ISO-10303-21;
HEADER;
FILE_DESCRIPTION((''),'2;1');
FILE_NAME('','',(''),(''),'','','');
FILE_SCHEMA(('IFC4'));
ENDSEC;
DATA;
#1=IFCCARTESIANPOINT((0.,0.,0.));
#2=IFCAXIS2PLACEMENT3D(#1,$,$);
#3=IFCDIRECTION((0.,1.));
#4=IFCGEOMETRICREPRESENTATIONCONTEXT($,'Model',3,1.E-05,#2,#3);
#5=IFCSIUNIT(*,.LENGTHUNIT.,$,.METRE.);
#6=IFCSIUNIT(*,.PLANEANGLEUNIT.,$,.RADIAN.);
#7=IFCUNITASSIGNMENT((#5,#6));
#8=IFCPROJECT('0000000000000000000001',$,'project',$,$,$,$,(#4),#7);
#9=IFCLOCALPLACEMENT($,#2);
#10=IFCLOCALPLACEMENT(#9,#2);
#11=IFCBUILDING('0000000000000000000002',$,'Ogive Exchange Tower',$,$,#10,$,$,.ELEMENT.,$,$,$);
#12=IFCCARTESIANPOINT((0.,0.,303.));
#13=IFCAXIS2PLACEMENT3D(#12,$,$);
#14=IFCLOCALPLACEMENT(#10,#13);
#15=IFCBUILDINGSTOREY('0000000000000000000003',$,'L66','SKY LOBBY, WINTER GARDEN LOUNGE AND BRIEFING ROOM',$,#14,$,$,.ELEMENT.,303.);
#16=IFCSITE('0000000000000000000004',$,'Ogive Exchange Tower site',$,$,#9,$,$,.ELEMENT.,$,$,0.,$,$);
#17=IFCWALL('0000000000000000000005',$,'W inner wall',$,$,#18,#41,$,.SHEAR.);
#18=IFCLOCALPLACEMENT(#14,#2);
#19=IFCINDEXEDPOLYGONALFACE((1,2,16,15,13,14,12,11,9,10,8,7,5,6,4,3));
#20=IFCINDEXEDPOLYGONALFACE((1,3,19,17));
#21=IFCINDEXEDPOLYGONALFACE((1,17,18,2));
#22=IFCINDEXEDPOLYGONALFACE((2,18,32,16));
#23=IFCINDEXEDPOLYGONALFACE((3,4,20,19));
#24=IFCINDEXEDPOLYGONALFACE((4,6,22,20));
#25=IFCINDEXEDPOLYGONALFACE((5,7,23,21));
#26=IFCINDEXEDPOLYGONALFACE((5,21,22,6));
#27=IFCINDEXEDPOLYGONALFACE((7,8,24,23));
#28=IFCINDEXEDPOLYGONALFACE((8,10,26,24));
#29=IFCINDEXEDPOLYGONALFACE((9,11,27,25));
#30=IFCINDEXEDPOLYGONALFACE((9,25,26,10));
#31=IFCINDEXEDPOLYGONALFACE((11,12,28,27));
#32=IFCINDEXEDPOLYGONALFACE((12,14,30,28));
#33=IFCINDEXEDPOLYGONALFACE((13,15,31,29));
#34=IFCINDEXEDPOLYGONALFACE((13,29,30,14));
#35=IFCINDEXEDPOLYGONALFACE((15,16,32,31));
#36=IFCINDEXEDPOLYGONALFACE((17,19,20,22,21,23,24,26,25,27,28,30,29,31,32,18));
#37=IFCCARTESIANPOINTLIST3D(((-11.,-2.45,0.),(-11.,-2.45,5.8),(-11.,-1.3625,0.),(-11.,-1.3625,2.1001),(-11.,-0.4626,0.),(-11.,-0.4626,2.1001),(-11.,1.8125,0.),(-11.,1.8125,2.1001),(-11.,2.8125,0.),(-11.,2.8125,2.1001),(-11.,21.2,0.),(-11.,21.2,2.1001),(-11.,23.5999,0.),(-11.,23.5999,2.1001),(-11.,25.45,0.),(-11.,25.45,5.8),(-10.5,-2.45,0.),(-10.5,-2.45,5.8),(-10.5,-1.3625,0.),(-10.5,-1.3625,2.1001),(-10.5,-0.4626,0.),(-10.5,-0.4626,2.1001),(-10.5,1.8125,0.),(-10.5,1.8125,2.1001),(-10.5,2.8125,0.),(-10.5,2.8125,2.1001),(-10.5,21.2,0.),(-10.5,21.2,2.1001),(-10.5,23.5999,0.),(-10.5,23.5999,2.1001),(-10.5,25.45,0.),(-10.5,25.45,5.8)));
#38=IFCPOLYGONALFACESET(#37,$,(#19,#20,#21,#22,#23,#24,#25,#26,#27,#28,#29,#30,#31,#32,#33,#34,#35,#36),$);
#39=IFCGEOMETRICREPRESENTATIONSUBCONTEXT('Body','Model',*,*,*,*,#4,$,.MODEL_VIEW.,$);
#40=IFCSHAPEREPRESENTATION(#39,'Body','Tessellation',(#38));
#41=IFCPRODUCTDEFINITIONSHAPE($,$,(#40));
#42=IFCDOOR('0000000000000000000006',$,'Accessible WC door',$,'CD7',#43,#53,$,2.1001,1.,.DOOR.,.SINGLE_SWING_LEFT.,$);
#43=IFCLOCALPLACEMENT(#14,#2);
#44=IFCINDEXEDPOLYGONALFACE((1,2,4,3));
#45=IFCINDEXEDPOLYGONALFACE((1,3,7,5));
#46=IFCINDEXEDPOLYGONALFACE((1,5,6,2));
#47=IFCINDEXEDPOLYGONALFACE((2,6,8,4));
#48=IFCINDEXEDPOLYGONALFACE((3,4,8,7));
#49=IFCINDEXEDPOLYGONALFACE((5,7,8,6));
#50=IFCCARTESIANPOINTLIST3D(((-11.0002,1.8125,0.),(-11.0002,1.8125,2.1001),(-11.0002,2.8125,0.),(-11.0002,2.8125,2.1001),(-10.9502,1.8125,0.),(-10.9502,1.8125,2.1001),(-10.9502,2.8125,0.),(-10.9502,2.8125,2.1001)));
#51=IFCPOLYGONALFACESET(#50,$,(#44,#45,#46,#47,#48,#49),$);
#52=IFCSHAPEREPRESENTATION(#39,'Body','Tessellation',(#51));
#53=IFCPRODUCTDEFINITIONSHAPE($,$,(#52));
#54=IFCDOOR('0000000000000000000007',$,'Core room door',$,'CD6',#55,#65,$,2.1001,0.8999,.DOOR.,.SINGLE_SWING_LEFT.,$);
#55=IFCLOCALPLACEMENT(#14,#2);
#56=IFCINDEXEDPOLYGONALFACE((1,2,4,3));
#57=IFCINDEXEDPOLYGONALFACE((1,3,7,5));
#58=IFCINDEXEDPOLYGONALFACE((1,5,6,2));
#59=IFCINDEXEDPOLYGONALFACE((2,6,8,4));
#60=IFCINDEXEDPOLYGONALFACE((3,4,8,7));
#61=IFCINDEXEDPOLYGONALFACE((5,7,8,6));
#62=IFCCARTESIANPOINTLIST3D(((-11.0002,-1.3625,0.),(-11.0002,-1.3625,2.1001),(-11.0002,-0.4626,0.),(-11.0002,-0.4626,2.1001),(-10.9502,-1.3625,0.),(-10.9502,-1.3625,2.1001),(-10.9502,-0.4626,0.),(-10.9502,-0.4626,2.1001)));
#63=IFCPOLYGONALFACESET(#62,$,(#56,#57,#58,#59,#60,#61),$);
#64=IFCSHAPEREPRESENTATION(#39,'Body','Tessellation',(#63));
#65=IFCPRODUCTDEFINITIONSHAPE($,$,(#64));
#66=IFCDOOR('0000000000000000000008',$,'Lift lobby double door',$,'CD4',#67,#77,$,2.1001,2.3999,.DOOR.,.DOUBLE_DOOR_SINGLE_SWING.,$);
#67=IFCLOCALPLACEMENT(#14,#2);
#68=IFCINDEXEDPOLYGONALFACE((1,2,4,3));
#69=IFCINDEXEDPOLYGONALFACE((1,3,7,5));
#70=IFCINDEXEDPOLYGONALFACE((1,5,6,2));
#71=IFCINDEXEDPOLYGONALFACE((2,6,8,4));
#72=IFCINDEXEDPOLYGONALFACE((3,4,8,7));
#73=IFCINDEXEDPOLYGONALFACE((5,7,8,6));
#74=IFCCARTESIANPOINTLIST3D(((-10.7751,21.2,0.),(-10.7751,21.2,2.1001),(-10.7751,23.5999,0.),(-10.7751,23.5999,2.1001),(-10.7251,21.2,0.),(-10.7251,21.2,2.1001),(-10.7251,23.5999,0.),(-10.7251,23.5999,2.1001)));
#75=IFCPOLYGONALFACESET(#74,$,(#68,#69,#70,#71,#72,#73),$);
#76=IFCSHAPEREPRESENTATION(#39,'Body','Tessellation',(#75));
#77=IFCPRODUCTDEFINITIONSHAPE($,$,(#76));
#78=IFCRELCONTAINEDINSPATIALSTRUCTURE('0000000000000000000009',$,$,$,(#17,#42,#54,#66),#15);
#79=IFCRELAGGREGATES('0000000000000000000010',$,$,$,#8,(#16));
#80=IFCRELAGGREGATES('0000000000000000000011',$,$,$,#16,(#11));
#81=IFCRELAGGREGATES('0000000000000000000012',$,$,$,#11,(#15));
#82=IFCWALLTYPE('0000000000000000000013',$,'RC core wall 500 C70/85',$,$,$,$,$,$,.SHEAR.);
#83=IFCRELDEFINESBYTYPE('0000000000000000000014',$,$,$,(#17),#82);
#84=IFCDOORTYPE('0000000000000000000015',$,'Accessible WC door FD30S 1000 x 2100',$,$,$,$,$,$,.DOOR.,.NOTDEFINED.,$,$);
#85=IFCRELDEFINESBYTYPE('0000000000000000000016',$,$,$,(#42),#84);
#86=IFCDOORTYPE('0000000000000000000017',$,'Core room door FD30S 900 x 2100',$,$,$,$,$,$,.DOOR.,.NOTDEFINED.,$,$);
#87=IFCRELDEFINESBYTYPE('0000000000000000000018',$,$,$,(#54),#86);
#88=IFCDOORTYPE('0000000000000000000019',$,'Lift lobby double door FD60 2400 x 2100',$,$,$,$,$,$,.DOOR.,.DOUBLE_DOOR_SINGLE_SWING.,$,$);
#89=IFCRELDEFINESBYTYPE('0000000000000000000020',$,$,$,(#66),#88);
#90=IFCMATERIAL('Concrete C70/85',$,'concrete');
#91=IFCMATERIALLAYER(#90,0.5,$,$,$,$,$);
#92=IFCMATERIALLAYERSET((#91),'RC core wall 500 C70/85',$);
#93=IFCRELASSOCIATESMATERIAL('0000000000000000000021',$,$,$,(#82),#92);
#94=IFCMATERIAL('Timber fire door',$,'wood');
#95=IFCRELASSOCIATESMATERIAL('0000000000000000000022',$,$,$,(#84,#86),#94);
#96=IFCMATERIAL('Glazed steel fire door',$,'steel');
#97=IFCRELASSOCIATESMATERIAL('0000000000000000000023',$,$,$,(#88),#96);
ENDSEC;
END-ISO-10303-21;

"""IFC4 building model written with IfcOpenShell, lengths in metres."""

from ifc_helpers import new_model, si_unit, direction, frame, frame_2d, origin, place, context, subcontext, project, spatial, rectangle, extrude, material, layer, layer_set, type_object, element, fill, save


model = new_model("IFC4")

# Units and contexts
model_context = context("Model", 3, precision=1e-05, world=origin(), true_north=direction((0.0, 1.0)))
body_context = subcontext(model_context, "Body", "Model", "MODEL_VIEW")
ifc_project = project(units=[si_unit("LENGTHUNIT", "METRE"), si_unit("PLANEANGLEUNIT", "RADIAN")], contexts=[model_context])

# Site, building, storey
site_placement = place(None, origin())
site = spatial("IfcSite", under=ifc_project, at=site_placement, Name="Ogive Exchange Tower site", CompositionType="ELEMENT", RefElevation=0.0)
building_placement = place(site_placement, origin())
building = spatial("IfcBuilding", under=site, at=building_placement, Name="Ogive Exchange Tower", CompositionType="ELEMENT")
storey_placement = place(building_placement, frame((0.0, 0.0, 303.0)))
storey = spatial("IfcBuildingStorey", under=building, at=storey_placement, Name="L66", Description="SKY LOBBY, WINTER GARDEN LOUNGE AND BRIEFING ROOM", CompositionType="ELEMENT", Elevation=303.0)

# Wall, openings, doors
ifc_material_1 = material(Name="Concrete C70/85", Category="concrete")
ifc_layer_1 = layer(ifc_material_1, 0.5)
ifc_layer_set_1 = layer_set([ifc_layer_1], Name="RC core wall 500 C70/85")
wall_type_1 = type_object("IfcWallType", Name="RC core wall 500 C70/85", PredefinedType="SHEAR", material=ifc_layer_set_1)
wall_1_placement = place(storey_placement, frame((-10.75, -2.45, 0.0), z_axis=(0.0, 0.0, 1.0), x_axis=(0.0, 1.0, 0.0)))
wall_1 = element("IfcWall", 1, at=wall_1_placement, inside=storey, type_object=wall_type_1, Name="W inner wall", PredefinedType="SHEAR", context=body_context, shape_type="SweptSolid", body=[
    extrude(rectangle(XDim=27.8999, YDim=0.5, at=frame_2d((13.95, 0.0))), origin(), (0.0, 0.0, 1.0), 5.8),
])
opening_1_placement = place(wall_1_placement, frame((23.6499, 0.0, 0.0)))
opening_1 = element("IfcOpeningElement", 2, at=opening_1_placement, cuts=wall_1, PredefinedType="OPENING", context=body_context, shape_type="SweptSolid", body=[
    extrude(rectangle(XDim=2.3999, YDim=2.1001, at=frame_2d((1.2, 1.05))), frame((0.0, 0.26, 0.0), z_axis=(0.0, -1.0, 0.0), x_axis=(1.0, 0.0, 0.0)), (0.0, 0.0, 1.0), 0.52),
])
opening_2_placement = place(wall_1_placement, frame((1.0874, 0.0, 0.0)))
opening_2 = element("IfcOpeningElement", 3, at=opening_2_placement, cuts=wall_1, PredefinedType="OPENING", context=body_context, shape_type="SweptSolid", body=[
    extrude(rectangle(XDim=0.8999, YDim=2.1001, at=frame_2d((0.45, 1.05))), frame((0.0, 0.26, 0.0), z_axis=(0.0, -1.0, 0.0), x_axis=(1.0, 0.0, 0.0)), (0.0, 0.0, 1.0), 0.52),
])
opening_3_placement = place(wall_1_placement, frame((4.2625, 0.0, 0.0)))
opening_3 = element("IfcOpeningElement", 4, at=opening_3_placement, cuts=wall_1, PredefinedType="OPENING", context=body_context, shape_type="SweptSolid", body=[
    extrude(rectangle(XDim=1.0, YDim=2.1001, at=frame_2d((0.5, 1.05))), frame((0.0, 0.26, 0.0), z_axis=(0.0, -1.0, 0.0), x_axis=(1.0, 0.0, 0.0)), (0.0, 0.0, 1.0), 0.52),
])
ifc_material_2 = material(Name="Timber fire door", Category="wood")
door_type_1 = type_object("IfcDoorType", Name="Accessible WC door FD30S 1000 x 2100", OperationType="NOTDEFINED", PredefinedType="DOOR", material=ifc_material_2)
door_1_placement = place(opening_3_placement, frame((1.0, 0.4502, 0.0), z_axis=(0.0, 0.0, 1.0), x_axis=(-1.0, 0.0, 0.0)))
door_1 = element("IfcDoor", 5, at=door_1_placement, inside=storey, type_object=door_type_1, Name="Accessible WC door", ObjectType="CD7", OperationType="SINGLE_SWING_LEFT", OverallHeight=2.1001, OverallWidth=1.0, PredefinedType="DOOR", context=body_context, shape_type="SweptSolid", body=[
    extrude(rectangle(XDim=1.0, YDim=2.1001, at=frame_2d((0.5, 1.05))), frame((0.0, 0.25, 0.0), z_axis=(0.0, -1.0, 0.0), x_axis=(1.0, 0.0, 0.0)), (0.0, 0.0, 1.0), 0.05),
])
fill(opening_3, door_1)
door_type_2 = type_object("IfcDoorType", Name="Core room door FD30S 900 x 2100", OperationType="NOTDEFINED", PredefinedType="DOOR", material=ifc_material_2)
door_2_placement = place(opening_2_placement, frame((0.8999, 0.4502, 0.0), z_axis=(0.0, 0.0, 1.0), x_axis=(-1.0, 0.0, 0.0)))
door_2 = element("IfcDoor", 6, at=door_2_placement, inside=storey, type_object=door_type_2, Name="Core room door", ObjectType="CD6", OperationType="SINGLE_SWING_LEFT", OverallHeight=2.1001, OverallWidth=0.8999, PredefinedType="DOOR", context=body_context, shape_type="SweptSolid", body=[
    extrude(rectangle(XDim=0.8999, YDim=2.1001, at=frame_2d((0.45, 1.05))), frame((0.0, 0.25, 0.0), z_axis=(0.0, -1.0, 0.0), x_axis=(1.0, 0.0, 0.0)), (0.0, 0.0, 1.0), 0.05),
])
fill(opening_2, door_2)
ifc_material_3 = material(Name="Glazed steel fire door", Category="steel")
door_type_3 = type_object("IfcDoorType", Name="Lift lobby double door FD60 2400 x 2100", OperationType="DOUBLE_DOOR_SINGLE_SWING", PredefinedType="DOOR", material=ifc_material_3)
door_3_placement = place(opening_1_placement, frame((2.3999, 0.0, 0.0), z_axis=(0.0, 0.0, 1.0), x_axis=(-1.0, 0.0, 0.0)))
door_3 = element("IfcDoor", 7, at=door_3_placement, inside=storey, type_object=door_type_3, Name="Lift lobby double door", ObjectType="CD4", OperationType="DOUBLE_DOOR_SINGLE_SWING", OverallHeight=2.1001, OverallWidth=2.3999, PredefinedType="DOOR", context=body_context, shape_type="SweptSolid", body=[
    extrude(rectangle(XDim=2.3999, YDim=2.1001, at=frame_2d((1.2, 1.05))), frame((0.0, 0.0249, 0.0), z_axis=(0.0, -1.0, 0.0), x_axis=(1.0, 0.0, 0.0)), (0.0, 0.0, 1.0), 0.05),
])
fill(opening_1, door_3)

save(model, "model.ifc")
